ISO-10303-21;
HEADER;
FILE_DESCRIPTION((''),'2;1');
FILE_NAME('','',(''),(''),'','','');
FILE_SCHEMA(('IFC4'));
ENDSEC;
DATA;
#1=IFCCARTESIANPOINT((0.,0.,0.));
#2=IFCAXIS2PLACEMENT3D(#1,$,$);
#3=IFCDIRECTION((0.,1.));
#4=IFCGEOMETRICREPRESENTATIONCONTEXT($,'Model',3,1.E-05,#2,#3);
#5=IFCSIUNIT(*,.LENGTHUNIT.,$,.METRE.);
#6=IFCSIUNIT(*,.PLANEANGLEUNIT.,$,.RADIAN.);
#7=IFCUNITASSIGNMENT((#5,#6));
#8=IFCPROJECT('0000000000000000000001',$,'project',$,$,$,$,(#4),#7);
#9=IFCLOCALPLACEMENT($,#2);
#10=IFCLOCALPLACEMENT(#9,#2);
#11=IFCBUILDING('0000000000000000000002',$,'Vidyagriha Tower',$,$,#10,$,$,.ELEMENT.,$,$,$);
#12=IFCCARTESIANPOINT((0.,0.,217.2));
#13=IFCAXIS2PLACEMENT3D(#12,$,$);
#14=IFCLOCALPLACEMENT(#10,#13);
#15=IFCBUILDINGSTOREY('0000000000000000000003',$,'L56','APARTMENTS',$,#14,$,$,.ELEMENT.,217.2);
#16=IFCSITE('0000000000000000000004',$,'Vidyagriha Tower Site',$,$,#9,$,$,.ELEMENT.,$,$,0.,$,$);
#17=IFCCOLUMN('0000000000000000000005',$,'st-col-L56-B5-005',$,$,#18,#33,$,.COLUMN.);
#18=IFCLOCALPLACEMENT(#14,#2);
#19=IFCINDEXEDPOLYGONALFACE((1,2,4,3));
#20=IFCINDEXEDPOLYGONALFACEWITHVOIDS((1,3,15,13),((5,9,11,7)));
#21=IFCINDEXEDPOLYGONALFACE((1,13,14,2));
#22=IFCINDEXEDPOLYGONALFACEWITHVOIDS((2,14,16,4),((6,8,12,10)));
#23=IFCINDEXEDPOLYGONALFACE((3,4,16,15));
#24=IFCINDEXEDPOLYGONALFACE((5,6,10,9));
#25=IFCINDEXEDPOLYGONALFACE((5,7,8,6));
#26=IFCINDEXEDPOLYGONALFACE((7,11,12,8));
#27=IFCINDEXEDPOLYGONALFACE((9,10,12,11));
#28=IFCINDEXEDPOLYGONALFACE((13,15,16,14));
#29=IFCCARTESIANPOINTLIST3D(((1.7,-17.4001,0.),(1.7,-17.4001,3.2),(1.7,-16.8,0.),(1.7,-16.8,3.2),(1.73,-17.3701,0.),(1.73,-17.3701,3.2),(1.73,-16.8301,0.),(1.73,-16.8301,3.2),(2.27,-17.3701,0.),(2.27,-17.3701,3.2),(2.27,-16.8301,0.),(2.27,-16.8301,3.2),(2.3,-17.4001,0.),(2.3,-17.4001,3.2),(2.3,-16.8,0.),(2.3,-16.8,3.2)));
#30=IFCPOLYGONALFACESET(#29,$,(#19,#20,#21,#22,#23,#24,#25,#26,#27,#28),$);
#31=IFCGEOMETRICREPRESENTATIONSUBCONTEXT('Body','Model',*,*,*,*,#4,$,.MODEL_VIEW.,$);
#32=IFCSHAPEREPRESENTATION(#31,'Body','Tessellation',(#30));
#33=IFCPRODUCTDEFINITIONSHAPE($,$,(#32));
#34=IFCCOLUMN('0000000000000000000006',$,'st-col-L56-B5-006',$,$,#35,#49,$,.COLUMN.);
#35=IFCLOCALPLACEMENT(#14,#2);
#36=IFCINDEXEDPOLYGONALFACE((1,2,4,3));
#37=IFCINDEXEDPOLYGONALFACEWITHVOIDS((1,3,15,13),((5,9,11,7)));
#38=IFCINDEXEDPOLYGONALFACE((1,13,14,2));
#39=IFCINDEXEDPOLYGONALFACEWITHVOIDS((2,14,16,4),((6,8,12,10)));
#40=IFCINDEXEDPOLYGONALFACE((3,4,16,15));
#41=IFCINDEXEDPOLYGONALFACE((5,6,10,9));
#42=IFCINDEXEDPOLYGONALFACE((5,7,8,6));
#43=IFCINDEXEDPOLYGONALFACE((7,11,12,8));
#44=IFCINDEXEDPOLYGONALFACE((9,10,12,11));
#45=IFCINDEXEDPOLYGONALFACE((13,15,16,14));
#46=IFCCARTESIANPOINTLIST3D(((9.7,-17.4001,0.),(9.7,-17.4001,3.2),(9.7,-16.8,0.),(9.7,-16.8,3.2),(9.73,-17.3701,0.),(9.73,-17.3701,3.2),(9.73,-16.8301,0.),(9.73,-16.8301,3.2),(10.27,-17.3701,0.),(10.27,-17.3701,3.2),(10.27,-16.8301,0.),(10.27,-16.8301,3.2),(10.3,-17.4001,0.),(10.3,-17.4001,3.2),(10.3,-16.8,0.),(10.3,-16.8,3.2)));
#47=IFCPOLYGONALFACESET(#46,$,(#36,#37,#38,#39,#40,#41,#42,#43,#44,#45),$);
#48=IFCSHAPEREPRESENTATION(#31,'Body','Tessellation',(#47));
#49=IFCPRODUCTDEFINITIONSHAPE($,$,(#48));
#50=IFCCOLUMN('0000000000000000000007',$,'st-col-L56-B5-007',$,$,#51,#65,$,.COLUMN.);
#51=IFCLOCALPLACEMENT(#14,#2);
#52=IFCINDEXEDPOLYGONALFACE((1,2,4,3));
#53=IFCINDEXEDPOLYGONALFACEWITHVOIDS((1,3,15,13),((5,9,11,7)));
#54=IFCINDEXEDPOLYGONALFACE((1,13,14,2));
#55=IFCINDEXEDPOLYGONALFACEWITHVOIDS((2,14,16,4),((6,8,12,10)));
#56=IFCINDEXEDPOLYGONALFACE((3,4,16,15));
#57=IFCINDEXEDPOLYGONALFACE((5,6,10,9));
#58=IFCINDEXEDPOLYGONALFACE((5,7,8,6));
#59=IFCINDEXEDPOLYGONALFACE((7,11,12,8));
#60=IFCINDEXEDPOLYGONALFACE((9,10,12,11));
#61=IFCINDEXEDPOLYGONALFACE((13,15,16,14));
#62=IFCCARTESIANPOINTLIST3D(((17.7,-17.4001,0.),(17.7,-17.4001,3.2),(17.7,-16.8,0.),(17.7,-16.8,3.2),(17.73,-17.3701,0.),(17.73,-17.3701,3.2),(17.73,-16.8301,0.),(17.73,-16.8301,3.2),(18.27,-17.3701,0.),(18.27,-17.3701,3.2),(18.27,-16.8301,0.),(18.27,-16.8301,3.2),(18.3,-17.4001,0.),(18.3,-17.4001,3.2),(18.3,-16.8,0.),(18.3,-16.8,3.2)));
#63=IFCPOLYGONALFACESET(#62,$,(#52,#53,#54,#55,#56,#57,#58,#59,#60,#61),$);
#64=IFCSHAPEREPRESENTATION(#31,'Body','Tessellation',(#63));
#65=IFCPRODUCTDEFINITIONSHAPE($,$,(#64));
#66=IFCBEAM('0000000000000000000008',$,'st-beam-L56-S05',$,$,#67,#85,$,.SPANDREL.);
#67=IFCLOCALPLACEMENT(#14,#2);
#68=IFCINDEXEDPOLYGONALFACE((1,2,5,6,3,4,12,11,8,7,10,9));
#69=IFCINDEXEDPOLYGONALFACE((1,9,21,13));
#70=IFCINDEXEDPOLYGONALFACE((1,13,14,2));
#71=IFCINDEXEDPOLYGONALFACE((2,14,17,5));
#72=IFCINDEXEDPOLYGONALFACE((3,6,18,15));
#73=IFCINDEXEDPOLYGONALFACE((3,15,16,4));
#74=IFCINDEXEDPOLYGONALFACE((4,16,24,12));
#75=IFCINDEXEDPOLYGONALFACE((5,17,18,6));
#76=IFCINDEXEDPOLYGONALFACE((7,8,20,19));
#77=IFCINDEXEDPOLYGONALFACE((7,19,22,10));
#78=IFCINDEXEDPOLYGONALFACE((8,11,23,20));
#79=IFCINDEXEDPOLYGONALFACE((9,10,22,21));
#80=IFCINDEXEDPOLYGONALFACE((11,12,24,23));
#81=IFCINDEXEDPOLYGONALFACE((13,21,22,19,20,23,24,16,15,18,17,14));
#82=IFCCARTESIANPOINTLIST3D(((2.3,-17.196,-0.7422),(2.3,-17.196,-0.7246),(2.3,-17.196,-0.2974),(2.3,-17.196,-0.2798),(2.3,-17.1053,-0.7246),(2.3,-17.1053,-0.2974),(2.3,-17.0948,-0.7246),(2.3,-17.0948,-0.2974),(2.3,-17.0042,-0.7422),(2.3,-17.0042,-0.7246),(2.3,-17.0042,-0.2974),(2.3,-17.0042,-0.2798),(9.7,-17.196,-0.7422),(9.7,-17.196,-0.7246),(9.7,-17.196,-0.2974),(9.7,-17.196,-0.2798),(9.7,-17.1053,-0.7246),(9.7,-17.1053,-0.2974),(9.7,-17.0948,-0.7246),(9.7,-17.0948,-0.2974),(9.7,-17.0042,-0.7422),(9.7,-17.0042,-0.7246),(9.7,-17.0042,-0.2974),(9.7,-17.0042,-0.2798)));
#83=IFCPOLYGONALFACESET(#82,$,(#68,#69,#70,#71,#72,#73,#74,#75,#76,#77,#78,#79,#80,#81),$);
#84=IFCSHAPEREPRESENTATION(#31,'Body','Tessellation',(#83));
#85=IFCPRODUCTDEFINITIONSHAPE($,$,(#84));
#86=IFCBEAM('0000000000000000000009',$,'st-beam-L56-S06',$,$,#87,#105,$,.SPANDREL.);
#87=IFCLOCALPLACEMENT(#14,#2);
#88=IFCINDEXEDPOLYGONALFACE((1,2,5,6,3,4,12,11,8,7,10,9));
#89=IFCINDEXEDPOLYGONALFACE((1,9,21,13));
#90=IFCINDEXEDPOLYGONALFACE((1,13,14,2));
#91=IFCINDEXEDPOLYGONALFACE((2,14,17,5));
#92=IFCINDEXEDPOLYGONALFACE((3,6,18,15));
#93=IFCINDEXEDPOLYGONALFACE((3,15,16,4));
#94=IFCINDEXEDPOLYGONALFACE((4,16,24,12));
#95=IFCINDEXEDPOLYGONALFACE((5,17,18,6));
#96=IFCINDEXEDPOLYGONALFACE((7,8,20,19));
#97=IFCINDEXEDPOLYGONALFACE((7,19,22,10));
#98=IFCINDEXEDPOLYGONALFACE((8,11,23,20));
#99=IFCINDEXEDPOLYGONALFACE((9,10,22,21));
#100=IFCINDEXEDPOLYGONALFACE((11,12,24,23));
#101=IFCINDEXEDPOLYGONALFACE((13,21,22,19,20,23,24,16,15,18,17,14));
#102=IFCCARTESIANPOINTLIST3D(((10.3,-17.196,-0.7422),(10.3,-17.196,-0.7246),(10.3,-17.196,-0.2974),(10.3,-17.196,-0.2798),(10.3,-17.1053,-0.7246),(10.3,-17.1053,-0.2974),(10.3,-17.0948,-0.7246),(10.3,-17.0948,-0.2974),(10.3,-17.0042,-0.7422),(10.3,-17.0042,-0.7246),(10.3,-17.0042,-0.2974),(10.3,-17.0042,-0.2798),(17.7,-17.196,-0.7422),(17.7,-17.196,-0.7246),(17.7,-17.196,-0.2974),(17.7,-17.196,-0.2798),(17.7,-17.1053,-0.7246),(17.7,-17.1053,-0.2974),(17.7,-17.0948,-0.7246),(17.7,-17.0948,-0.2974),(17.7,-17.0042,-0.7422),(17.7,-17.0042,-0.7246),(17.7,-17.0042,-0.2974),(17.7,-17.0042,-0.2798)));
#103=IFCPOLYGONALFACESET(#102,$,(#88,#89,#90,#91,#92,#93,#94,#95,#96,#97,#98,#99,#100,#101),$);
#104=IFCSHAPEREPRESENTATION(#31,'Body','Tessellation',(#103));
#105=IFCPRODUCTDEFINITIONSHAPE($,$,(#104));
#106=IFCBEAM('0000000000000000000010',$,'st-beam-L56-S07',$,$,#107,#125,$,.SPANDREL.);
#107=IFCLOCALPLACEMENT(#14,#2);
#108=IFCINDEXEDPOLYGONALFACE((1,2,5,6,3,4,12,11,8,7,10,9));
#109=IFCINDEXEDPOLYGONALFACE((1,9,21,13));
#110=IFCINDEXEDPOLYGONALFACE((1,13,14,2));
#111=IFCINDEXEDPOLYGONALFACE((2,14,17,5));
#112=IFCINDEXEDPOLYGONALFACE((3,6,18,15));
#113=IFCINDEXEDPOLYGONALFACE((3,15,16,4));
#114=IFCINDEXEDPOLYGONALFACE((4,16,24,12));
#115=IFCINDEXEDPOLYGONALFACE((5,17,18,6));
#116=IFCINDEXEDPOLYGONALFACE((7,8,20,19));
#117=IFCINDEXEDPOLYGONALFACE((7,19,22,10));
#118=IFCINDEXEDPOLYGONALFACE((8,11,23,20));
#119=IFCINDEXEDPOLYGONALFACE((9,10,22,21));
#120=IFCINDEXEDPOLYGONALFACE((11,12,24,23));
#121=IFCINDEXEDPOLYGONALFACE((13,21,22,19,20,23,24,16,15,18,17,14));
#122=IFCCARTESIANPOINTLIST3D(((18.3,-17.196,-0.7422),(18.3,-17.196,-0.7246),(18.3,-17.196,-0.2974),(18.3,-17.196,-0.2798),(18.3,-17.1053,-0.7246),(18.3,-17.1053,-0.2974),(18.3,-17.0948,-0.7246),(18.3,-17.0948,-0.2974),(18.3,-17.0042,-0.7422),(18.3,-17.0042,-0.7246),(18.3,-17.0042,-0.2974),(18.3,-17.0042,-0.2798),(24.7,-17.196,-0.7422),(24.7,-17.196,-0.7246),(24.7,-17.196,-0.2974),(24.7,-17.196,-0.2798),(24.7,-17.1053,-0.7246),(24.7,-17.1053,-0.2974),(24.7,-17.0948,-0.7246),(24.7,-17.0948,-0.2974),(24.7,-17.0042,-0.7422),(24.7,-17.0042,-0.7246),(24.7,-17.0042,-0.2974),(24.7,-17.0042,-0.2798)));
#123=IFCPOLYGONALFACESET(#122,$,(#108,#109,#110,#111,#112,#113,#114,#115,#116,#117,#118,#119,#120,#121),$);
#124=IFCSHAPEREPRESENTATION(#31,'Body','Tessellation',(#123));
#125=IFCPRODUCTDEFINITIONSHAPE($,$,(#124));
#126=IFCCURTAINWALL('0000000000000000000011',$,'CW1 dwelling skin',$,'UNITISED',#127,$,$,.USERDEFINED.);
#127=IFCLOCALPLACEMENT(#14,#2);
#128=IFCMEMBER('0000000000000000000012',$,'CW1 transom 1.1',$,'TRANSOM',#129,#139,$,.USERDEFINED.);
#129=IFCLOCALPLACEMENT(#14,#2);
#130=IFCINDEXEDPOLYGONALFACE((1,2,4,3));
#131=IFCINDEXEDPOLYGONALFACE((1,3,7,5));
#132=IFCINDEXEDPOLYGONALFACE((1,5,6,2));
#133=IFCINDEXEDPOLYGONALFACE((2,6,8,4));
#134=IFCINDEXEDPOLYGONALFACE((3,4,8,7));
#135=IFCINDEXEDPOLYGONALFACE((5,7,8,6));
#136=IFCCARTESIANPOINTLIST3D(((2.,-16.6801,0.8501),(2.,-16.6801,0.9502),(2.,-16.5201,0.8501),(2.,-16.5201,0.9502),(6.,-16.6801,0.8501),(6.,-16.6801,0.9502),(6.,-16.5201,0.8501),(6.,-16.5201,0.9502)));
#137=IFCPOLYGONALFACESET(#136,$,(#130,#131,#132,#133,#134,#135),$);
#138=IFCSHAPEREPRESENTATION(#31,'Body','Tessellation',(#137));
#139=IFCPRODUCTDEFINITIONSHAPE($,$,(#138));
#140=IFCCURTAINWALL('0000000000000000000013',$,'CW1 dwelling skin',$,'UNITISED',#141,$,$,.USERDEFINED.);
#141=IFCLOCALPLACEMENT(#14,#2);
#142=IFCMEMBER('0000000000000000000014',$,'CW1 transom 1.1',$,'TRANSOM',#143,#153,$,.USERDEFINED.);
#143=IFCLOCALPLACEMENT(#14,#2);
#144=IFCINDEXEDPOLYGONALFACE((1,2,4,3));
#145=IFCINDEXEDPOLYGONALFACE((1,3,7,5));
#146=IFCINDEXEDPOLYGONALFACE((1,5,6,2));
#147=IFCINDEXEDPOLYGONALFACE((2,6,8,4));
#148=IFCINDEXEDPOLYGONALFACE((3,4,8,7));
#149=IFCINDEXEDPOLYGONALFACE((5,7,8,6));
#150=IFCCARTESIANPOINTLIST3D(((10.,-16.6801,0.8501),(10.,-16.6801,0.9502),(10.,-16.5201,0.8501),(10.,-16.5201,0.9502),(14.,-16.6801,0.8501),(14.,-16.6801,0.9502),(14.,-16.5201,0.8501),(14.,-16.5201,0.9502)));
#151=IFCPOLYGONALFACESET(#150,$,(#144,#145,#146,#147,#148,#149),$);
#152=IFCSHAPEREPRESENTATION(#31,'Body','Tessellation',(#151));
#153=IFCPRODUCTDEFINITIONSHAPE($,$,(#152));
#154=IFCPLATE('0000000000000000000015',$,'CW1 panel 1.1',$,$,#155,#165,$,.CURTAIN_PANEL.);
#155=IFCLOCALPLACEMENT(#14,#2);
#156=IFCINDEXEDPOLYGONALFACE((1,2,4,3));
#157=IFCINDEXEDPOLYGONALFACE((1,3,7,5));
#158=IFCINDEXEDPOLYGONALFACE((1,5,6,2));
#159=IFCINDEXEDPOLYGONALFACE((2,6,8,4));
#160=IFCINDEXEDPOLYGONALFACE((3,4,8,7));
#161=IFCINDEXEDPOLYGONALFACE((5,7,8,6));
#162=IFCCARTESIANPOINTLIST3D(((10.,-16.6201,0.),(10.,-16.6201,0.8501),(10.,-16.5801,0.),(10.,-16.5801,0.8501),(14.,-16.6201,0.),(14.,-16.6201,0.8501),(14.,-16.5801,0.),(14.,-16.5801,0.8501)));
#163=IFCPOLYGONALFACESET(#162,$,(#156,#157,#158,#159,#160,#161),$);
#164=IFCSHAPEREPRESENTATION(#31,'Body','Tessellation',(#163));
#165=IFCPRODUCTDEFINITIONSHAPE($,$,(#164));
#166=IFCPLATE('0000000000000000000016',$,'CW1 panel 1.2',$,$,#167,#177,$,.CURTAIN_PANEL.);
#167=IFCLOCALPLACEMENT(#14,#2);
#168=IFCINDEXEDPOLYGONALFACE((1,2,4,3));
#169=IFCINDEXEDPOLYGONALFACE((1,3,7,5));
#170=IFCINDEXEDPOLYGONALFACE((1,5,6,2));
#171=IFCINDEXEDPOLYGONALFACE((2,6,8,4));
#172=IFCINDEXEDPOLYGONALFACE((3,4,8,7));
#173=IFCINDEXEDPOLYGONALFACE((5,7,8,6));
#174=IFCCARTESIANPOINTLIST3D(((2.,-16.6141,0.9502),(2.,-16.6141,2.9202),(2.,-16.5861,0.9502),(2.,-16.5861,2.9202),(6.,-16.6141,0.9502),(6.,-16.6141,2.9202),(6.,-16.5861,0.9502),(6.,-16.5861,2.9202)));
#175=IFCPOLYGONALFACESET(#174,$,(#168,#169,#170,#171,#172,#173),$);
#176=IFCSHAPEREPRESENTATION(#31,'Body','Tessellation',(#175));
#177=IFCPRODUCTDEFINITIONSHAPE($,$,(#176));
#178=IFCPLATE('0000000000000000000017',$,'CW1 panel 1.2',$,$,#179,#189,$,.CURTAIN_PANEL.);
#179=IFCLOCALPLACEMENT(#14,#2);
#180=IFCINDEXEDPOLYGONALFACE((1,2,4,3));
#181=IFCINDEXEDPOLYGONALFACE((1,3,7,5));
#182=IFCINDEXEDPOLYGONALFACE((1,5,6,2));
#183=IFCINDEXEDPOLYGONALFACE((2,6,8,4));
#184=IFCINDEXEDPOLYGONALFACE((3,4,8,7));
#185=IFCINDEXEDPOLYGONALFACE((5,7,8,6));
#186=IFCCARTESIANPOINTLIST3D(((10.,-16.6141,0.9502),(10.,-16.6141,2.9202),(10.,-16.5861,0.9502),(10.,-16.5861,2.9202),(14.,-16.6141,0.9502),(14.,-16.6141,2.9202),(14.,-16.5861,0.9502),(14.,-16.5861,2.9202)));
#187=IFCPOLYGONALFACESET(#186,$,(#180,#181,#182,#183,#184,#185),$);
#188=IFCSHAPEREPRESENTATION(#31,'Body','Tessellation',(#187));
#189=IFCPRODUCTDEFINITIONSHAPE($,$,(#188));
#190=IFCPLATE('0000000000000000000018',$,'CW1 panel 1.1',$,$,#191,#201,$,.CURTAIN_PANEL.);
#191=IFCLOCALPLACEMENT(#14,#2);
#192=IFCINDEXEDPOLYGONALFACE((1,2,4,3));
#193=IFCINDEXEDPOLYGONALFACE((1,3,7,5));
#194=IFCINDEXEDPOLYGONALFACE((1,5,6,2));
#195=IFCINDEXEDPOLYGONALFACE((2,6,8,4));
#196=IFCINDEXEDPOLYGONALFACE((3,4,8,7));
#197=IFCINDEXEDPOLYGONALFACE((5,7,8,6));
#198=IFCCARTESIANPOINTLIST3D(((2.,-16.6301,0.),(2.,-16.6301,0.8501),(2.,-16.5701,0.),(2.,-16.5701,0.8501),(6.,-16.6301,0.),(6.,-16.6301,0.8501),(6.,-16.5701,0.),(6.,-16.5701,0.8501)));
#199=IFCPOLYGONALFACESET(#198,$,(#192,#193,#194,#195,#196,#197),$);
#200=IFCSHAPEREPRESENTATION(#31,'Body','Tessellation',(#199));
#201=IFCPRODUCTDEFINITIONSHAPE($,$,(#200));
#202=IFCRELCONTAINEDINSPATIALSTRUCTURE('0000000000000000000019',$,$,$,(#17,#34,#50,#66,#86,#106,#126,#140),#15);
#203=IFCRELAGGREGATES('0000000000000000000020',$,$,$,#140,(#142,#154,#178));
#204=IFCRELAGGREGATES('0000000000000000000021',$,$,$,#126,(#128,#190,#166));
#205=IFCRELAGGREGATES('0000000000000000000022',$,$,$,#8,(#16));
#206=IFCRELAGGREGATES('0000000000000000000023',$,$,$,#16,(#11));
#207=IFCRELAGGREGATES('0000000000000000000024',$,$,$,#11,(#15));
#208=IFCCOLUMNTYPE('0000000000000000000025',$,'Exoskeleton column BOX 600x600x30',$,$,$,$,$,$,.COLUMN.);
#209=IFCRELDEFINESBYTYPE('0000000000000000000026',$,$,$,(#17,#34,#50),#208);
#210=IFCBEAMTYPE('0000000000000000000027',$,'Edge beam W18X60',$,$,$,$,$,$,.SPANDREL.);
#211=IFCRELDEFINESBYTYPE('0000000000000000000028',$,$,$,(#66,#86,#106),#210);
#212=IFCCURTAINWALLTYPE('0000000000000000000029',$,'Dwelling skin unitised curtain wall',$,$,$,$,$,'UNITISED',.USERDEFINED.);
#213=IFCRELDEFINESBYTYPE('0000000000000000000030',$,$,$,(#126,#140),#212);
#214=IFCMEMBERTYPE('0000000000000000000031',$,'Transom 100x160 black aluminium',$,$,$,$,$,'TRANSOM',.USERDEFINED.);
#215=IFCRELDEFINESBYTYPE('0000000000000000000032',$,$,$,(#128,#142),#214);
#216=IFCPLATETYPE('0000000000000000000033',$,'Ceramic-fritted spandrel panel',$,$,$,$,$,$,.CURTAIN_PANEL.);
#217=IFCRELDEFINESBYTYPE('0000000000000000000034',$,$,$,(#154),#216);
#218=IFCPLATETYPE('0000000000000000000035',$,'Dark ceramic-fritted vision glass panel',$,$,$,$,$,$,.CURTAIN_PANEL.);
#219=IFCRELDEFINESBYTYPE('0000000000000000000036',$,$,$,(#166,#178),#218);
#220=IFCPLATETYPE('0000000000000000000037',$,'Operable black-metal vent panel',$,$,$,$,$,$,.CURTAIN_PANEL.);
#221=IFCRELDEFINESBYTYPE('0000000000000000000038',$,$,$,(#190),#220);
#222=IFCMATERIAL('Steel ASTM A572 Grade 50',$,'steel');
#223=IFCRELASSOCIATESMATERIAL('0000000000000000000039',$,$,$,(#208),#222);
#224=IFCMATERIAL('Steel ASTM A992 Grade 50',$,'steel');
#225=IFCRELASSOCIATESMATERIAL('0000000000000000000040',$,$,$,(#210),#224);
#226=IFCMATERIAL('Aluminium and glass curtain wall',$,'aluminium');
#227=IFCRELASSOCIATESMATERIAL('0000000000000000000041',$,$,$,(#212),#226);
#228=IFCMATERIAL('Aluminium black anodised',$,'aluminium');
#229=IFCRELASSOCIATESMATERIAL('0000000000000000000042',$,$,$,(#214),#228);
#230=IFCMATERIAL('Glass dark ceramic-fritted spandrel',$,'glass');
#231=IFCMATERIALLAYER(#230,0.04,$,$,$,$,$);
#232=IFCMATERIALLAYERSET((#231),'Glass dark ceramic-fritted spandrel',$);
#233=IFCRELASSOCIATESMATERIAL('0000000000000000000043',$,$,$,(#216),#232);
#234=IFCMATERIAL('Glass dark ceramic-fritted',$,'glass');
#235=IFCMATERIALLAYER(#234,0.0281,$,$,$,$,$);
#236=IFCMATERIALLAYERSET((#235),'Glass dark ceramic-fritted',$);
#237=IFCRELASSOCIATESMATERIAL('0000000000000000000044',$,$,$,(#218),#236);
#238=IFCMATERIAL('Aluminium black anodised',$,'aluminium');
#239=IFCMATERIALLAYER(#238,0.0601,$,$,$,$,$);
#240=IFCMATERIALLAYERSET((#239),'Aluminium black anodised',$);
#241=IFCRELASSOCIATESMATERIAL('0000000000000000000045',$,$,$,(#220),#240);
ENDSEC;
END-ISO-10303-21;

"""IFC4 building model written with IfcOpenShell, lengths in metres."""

from ifc_helpers import new_model, si_unit, direction, frame, origin, origin_2d, place, context, subcontext, project, spatial, rectangle, hollow_rectangle, i_section, extrude, material, layer, layer_set, material_profile, profile_set, type_object, element, aggregate, save


model = new_model("IFC4")

# Units and contexts
model_context = context("Model", 3, precision=1e-05, world=origin(), true_north=direction((0.0, 1.0)))
body_context = subcontext(model_context, "Body", "Model", "MODEL_VIEW")
ifc_project = project(units=[si_unit("LENGTHUNIT", "METRE"), si_unit("PLANEANGLEUNIT", "RADIAN")], contexts=[model_context])

# Site, building, storey
site_placement = place(None, origin())
site = spatial("IfcSite", under=ifc_project, at=site_placement, Name="Vidyagriha Tower Site", CompositionType="ELEMENT", RefElevation=0.0)
building_placement = place(site_placement, origin())
building = spatial("IfcBuilding", under=site, at=building_placement, Name="Vidyagriha Tower", CompositionType="ELEMENT")
storey_placement = place(building_placement, frame((0.0, 0.0, 217.2)))
storey = spatial("IfcBuildingStorey", under=building, at=storey_placement, Name="L56", Description="APARTMENTS", CompositionType="ELEMENT", Elevation=217.2)

# Columns
ifc_material_1 = material(Name="Steel ASTM A572 Grade 50", Category="steel")
ifc_material_profile_1 = material_profile(ifc_material_1, hollow_rectangle(XDim=0.6001, YDim=0.6001, WallThickness=0.03, at=origin_2d()), Name="BOX 600x600x30")
ifc_profile_set_1 = profile_set([ifc_material_profile_1], Name="Steel ASTM A572 Grade 50")
column_type = type_object("IfcColumnType", Name="Exoskeleton column BOX 600x600x30", PredefinedType="COLUMN", material=ifc_profile_set_1)
for number, where, name in (
    (1, (2.0, -17.1001, 0.0), "st-col-L56-B5-005"),
    (2, (10.0, -17.1001, 0.0), "st-col-L56-B5-006"),
    (3, (18.0, -17.1001, 0.0), "st-col-L56-B5-007"),
):
    element("IfcColumn", number, at=place(storey_placement, frame(where)), inside=storey, type_object=column_type, Name=name, PredefinedType="COLUMN", context=body_context, shape_type="SweptSolid", body=[
        extrude(hollow_rectangle(XDim=0.6001, YDim=0.6001, WallThickness=0.03, at=origin_2d()), origin(), (0.0, 0.0, 1.0), 3.2),
    ])

# Beams
ifc_material_2 = material(Name="Steel ASTM A992 Grade 50", Category="steel")
ifc_material_profile_2 = material_profile(ifc_material_2, i_section(OverallWidth=0.1919, OverallDepth=0.4624, WebThickness=0.0105, FlangeThickness=0.0176, at=origin_2d()), Name="W18X60")
ifc_profile_set_2 = profile_set([ifc_material_profile_2], Name="Steel ASTM A992 Grade 50")
beam_type = type_object("IfcBeamType", Name="Edge beam W18X60", PredefinedType="SPANDREL", material=ifc_profile_set_2)
for number, where, z_axis, x_axis, name in (
    (4, (2.3, -17.1001, -0.511), (1.0, 0.0, 0.0), (0.0, 1.0, 0.0), "st-beam-L56-S05"),
    (5, (10.3, -17.1001, -0.511), (1.0, 0.0, 0.0), (0.0, 1.0, 0.0), "st-beam-L56-S06"),
):
    element("IfcBeam", number, at=place(storey_placement, frame(where, z_axis=z_axis, x_axis=x_axis)), inside=storey, type_object=beam_type, Name=name, PredefinedType="SPANDREL", context=body_context, shape_type="SweptSolid", body=[
        extrude(i_section(OverallWidth=0.1919, OverallDepth=0.4624, WebThickness=0.0105, FlangeThickness=0.0176, at=origin_2d()), origin(), (0.0, 0.0, 1.0), 7.3999),
    ])
beam_placement = place(storey_placement, frame((18.3, -17.1001, -0.511), z_axis=(1.0, 0.0, 0.0), x_axis=(0.0, 1.0, 0.0)))
element("IfcBeam", 6, at=beam_placement, inside=storey, type_object=beam_type, Name="st-beam-L56-S07", PredefinedType="SPANDREL", context=body_context, shape_type="SweptSolid", body=[
    extrude(i_section(OverallWidth=0.1919, OverallDepth=0.4624, WebThickness=0.0105, FlangeThickness=0.0176, at=origin_2d()), origin(), (0.0, 0.0, 1.0), 6.3999),
])

# Curtain wall, member
ifc_material_3 = material(Name="Aluminium and glass curtain wall", Category="aluminium")
curtain_wall_type = type_object("IfcCurtainWallType", Name="Dwelling skin unitised curtain wall", ElementType="UNITISED", PredefinedType="USERDEFINED", material=ifc_material_3)
curtain_wall_1_placement = place(storey_placement, origin())
curtain_wall_1 = element("IfcCurtainWall", 7, at=curtain_wall_1_placement, inside=storey, type_object=curtain_wall_type, Name="CW1 dwelling skin", ObjectType="UNITISED", PredefinedType="USERDEFINED")
ifc_material_4 = material(Name="Aluminium black anodised", Category="aluminium")
ifc_material_profile_3 = material_profile(ifc_material_4, rectangle(XDim=0.1599, YDim=0.1001, at=origin_2d()), Name="Transom 100x160 black aluminium")
ifc_profile_set_3 = profile_set([ifc_material_profile_3], Name="Aluminium black anodised")
member_type = type_object("IfcMemberType", Name="Transom 100x160 black aluminium", ElementType="TRANSOM", PredefinedType="USERDEFINED", material=ifc_profile_set_3)
member_1_placement = place(storey_placement, frame((2.0, -16.6001, 0.9001), z_axis=(1.0, 0.0, 0.0), x_axis=(0.0, 1.0, 0.0)))
member_1 = element("IfcMember", 8, at=member_1_placement, type_object=member_type, Name="CW1 transom 1.1", ObjectType="TRANSOM", PredefinedType="USERDEFINED", context=body_context, shape_type="SweptSolid", body=[
    extrude(rectangle(XDim=0.1599, YDim=0.1001, at=origin_2d()), origin(), (0.0, 0.0, 1.0), 4.0),
])

# Curtain wall, member, plate
curtain_wall_2_placement = place(storey_placement, origin())
curtain_wall_2 = element("IfcCurtainWall", 9, at=curtain_wall_2_placement, inside=storey, type_object=curtain_wall_type, Name="CW1 dwelling skin", ObjectType="UNITISED", PredefinedType="USERDEFINED")
member_2_placement = place(storey_placement, frame((10.0, -16.6001, 0.9001), z_axis=(1.0, 0.0, 0.0), x_axis=(0.0, 1.0, 0.0)))
member_2 = element("IfcMember", 10, at=member_2_placement, type_object=member_type, Name="CW1 transom 1.1", ObjectType="TRANSOM", PredefinedType="USERDEFINED", context=body_context, shape_type="SweptSolid", body=[
    extrude(rectangle(XDim=0.1599, YDim=0.1001, at=origin_2d()), origin(), (0.0, 0.0, 1.0), 4.0),
])
ifc_material_5 = material(Name="Glass dark ceramic-fritted spandrel", Category="glass")
ifc_layer_1 = layer(ifc_material_5, 0.04)
ifc_layer_set_1 = layer_set([ifc_layer_1], Name="Glass dark ceramic-fritted spandrel")
plate_type_1 = type_object("IfcPlateType", Name="Ceramic-fritted spandrel panel", PredefinedType="CURTAIN_PANEL", material=ifc_layer_set_1)
plate_1_placement = place(storey_placement, frame((12.0, -16.6001, 0.0)))
plate_1 = element("IfcPlate", 11, at=plate_1_placement, type_object=plate_type_1, Name="CW1 panel 1.1", PredefinedType="CURTAIN_PANEL", context=body_context, shape_type="SweptSolid", body=[
    extrude(rectangle(XDim=4.0, YDim=0.04, at=origin_2d()), origin(), (0.0, 0.0, 1.0), 0.8501),
])

# Plates
ifc_material_6 = material(Name="Glass dark ceramic-fritted", Category="glass")
ifc_layer_2 = layer(ifc_material_6, 0.0281)
ifc_layer_set_2 = layer_set([ifc_layer_2], Name="Glass dark ceramic-fritted")
plate_type_2 = type_object("IfcPlateType", Name="Dark ceramic-fritted vision glass panel", PredefinedType="CURTAIN_PANEL", material=ifc_layer_set_2)
plate_2_placement = place(storey_placement, frame((4.0, -16.6001, 0.9502)))
plate_2 = element("IfcPlate", 12, at=plate_2_placement, type_object=plate_type_2, Name="CW1 panel 1.2", PredefinedType="CURTAIN_PANEL", context=body_context, shape_type="SweptSolid", body=[
    extrude(rectangle(XDim=4.0, YDim=0.0281, at=origin_2d()), origin(), (0.0, 0.0, 1.0), 1.97),
])
plate_3_placement = place(storey_placement, frame((12.0, -16.6001, 0.9502)))
plate_3 = element("IfcPlate", 13, at=plate_3_placement, type_object=plate_type_2, Name="CW1 panel 1.2", PredefinedType="CURTAIN_PANEL", context=body_context, shape_type="SweptSolid", body=[
    extrude(rectangle(XDim=4.0, YDim=0.0281, at=origin_2d()), origin(), (0.0, 0.0, 1.0), 1.97),
])
aggregate(curtain_wall_2, [member_2, plate_1, plate_3])
ifc_material_7 = material(Name="Aluminium black anodised", Category="aluminium")
ifc_layer_3 = layer(ifc_material_7, 0.0601)
ifc_layer_set_3 = layer_set([ifc_layer_3], Name="Aluminium black anodised")
plate_type_3 = type_object("IfcPlateType", Name="Operable black-metal vent panel", PredefinedType="CURTAIN_PANEL", material=ifc_layer_set_3)
plate_4_placement = place(storey_placement, frame((4.0, -16.6001, 0.0)))
plate_4 = element("IfcPlate", 14, at=plate_4_placement, type_object=plate_type_3, Name="CW1 panel 1.1", PredefinedType="CURTAIN_PANEL", context=body_context, shape_type="SweptSolid", body=[
    extrude(rectangle(XDim=4.0, YDim=0.0601, at=origin_2d()), origin(), (0.0, 0.0, 1.0), 0.8501),
])
aggregate(curtain_wall_1, [member_1, plate_4, plate_2])

save(model, "model.ifc")
